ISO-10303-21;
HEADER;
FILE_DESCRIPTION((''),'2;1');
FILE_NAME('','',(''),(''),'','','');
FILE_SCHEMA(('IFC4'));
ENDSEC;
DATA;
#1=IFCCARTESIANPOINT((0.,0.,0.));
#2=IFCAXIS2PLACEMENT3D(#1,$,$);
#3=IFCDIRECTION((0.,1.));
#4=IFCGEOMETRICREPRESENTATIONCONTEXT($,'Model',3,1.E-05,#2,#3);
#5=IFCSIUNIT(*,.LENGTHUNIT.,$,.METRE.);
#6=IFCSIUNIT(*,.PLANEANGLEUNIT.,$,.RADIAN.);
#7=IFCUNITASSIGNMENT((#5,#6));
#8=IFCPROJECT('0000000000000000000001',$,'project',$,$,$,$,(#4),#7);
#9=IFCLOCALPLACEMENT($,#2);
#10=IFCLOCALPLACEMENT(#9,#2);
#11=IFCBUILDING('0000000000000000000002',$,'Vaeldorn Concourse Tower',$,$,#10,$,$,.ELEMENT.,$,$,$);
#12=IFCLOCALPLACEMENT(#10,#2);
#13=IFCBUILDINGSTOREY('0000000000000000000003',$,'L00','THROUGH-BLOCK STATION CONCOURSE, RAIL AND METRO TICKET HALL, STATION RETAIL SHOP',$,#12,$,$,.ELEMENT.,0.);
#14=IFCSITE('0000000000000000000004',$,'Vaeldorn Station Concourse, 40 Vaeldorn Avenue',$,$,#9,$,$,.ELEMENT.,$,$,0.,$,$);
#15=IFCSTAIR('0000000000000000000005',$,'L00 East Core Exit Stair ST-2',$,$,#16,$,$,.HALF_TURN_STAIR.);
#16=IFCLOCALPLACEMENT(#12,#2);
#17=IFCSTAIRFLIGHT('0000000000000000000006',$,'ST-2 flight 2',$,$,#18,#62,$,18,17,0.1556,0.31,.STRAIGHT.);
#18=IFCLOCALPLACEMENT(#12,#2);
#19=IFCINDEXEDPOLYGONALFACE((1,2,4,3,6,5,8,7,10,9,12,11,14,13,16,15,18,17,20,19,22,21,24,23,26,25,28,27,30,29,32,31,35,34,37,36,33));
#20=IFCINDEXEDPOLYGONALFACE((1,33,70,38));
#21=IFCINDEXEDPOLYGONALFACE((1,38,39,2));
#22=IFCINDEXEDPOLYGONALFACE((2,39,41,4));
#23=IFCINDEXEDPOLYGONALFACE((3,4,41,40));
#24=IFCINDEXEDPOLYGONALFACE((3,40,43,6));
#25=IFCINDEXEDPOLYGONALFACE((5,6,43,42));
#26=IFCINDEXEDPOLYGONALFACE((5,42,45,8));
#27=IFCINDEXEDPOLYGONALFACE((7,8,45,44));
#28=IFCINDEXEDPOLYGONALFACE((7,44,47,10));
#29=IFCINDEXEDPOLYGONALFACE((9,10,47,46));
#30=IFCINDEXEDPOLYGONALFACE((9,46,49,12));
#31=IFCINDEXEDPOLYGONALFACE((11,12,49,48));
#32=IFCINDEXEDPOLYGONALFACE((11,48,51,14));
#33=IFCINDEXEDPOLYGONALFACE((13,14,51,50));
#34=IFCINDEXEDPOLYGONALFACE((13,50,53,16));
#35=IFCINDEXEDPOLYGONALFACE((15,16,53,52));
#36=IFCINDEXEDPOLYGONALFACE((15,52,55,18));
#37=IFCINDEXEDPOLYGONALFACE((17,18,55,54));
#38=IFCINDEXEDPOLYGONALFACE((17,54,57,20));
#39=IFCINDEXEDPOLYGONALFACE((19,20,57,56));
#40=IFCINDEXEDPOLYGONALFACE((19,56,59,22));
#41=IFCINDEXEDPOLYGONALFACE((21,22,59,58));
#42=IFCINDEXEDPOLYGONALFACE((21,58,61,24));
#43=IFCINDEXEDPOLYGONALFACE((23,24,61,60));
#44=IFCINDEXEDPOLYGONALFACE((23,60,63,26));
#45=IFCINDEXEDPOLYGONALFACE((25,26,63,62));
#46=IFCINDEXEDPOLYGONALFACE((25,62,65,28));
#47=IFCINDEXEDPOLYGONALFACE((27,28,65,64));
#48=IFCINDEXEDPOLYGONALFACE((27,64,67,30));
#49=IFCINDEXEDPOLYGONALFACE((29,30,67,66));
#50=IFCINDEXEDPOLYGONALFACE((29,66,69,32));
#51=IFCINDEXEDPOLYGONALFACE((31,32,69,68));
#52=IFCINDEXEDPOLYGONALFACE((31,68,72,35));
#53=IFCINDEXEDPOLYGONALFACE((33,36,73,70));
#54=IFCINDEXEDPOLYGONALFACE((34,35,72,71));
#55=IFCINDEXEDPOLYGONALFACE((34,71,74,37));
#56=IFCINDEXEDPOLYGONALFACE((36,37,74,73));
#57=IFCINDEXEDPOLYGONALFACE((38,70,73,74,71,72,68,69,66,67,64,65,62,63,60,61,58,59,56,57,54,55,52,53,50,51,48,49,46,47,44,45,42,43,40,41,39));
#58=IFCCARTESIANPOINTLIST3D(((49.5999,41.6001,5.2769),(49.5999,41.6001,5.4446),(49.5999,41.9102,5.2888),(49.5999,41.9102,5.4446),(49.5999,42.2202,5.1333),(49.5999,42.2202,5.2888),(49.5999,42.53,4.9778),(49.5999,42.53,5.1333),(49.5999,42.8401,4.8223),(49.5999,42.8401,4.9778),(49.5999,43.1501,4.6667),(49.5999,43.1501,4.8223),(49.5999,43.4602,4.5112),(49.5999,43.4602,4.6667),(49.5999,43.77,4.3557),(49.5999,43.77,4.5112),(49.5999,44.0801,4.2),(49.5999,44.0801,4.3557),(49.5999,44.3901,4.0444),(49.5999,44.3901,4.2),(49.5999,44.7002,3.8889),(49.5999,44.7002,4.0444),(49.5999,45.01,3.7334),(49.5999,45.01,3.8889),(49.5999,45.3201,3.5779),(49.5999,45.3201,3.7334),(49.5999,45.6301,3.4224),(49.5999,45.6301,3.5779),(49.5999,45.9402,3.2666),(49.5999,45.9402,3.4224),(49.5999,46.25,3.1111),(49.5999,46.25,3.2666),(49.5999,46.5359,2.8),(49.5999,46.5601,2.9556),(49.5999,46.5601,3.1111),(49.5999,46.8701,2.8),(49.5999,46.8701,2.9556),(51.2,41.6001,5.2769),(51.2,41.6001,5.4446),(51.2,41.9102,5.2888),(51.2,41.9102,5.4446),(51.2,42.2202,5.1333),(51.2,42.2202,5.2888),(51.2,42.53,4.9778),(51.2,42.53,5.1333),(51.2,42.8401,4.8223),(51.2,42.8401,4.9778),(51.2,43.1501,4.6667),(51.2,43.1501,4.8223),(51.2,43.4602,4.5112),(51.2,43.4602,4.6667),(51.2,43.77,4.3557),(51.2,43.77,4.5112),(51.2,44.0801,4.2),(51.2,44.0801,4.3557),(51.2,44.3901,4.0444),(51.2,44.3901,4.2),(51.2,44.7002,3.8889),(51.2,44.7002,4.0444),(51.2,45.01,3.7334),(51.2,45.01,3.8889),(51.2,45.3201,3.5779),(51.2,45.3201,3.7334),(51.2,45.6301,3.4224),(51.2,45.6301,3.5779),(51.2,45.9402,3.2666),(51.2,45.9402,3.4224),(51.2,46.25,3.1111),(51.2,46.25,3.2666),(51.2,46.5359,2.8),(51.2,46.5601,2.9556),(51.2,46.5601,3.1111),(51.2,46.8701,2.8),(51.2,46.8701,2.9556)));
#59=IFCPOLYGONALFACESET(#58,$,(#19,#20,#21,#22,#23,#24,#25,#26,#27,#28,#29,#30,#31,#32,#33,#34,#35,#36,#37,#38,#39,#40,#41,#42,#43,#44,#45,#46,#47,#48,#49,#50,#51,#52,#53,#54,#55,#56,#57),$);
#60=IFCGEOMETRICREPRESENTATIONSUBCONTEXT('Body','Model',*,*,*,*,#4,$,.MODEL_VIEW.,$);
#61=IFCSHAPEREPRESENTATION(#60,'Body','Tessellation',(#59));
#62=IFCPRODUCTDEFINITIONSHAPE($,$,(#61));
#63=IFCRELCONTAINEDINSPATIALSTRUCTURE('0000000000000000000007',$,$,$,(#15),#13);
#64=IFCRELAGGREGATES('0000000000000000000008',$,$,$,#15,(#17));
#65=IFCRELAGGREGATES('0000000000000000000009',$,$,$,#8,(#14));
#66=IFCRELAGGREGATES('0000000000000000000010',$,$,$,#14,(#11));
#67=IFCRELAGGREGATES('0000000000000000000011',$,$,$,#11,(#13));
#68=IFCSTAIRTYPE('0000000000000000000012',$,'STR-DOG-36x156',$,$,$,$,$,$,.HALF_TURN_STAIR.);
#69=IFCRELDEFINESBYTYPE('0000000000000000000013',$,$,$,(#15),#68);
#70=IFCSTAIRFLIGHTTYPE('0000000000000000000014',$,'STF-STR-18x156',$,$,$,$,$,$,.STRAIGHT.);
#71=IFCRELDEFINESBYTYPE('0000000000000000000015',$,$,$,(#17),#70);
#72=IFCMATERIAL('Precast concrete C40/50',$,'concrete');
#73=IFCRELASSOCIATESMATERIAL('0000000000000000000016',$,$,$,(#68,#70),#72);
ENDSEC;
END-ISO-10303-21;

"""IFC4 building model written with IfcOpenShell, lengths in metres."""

from ifc_helpers import new_model, si_unit, direction, frame, origin, place, context, subcontext, project, spatial, polyline, outline, extrude, material, type_object, element, aggregate, save


model = new_model("IFC4")

# Units and contexts
model_context = context("Model", 3, precision=1e-05, world=origin(), true_north=direction((0.0, 1.0)))
body_context = subcontext(model_context, "Body", "Model", "MODEL_VIEW")
ifc_project = project(units=[si_unit("LENGTHUNIT", "METRE"), si_unit("PLANEANGLEUNIT", "RADIAN")], contexts=[model_context])

# Site, building, storey
site_placement = place(None, origin())
site = spatial("IfcSite", under=ifc_project, at=site_placement, Name="Vaeldorn Station Concourse, 40 Vaeldorn Avenue", CompositionType="ELEMENT", RefElevation=0.0)
building_placement = place(site_placement, origin())
building = spatial("IfcBuilding", under=site, at=building_placement, Name="Vaeldorn Concourse Tower", CompositionType="ELEMENT")
storey_placement = place(building_placement, origin())
storey = spatial("IfcBuildingStorey", under=building, at=storey_placement, Name="L00", Description="THROUGH-BLOCK STATION CONCOURSE, RAIL AND METRO TICKET HALL, STATION RETAIL SHOP", CompositionType="ELEMENT", Elevation=0.0)

# Stair, stair flight
ifc_material_1 = material(Name="Precast concrete C40/50", Category="concrete")
stair_type = type_object("IfcStairType", Name="STR-DOG-36x156", PredefinedType="HALF_TURN_STAIR", material=ifc_material_1)
stair_placement = place(storey_placement, origin())
stair = element("IfcStair", 1, at=stair_placement, inside=storey, type_object=stair_type, Name="L00 East Core Exit Stair ST-2", PredefinedType="HALF_TURN_STAIR")
stair_flight_type = type_object("IfcStairFlightType", Name="STF-STR-18x156", PredefinedType="STRAIGHT", material=ifc_material_1)
stair_flight_placement = place(storey_placement, frame((50.3999, 46.8701, 2.8), z_axis=(0.0, 0.0, 1.0), x_axis=(0.0, -1.0, 0.0)))
stair_flight = element("IfcStairFlight", 2, at=stair_flight_placement, type_object=stair_flight_type, Name="ST-2 flight 2", NumberOfRisers=18, NumberOfTreads=17, PredefinedType="STRAIGHT", RiserHeight=0.1556, TreadLength=0.31, context=body_context, shape_type="SweptSolid", body=[
    extrude(outline(polyline([(0.0, 0.0), (0.0, 0.1555), (0.3101, 0.1555), (0.3101, 0.311), (0.6201, 0.311), (0.6201, 0.4666), (0.9299, 0.4666), (0.9299, 0.6223), (1.24, 0.6223), (1.24, 0.7778), (1.55, 0.7778), (1.55, 0.9333), (1.8601, 0.9333), (1.8601, 1.0889), (2.1699, 1.0889), (2.1699, 1.2444), (2.48, 1.2444), (2.48, 1.3999), (2.79, 1.3999), (2.79, 1.5557), (3.1001, 1.5557), (3.1001, 1.7112), (3.4099, 1.7112), (3.4099, 1.8667), (3.72, 1.8667), (3.72, 2.0222), (4.03, 2.0222), (4.03, 2.1777), (4.3401, 2.1777), (4.3401, 2.3333), (4.6499, 2.3333), (4.6499, 2.4888), (4.96, 2.4888), (4.96, 2.6445), (5.27, 2.6445), (5.27, 2.8), (5.27, 2.4768), (0.3342, 0.0), (0.0, 0.0)])), frame((0.0, 0.8, 0.0), z_axis=(0.0, -1.0, 0.0), x_axis=(1.0, 0.0, 0.0)), (0.0, 0.0, 1.0), 1.6001),
])
aggregate(stair, [stair_flight])

save(model, "model.ifc")
